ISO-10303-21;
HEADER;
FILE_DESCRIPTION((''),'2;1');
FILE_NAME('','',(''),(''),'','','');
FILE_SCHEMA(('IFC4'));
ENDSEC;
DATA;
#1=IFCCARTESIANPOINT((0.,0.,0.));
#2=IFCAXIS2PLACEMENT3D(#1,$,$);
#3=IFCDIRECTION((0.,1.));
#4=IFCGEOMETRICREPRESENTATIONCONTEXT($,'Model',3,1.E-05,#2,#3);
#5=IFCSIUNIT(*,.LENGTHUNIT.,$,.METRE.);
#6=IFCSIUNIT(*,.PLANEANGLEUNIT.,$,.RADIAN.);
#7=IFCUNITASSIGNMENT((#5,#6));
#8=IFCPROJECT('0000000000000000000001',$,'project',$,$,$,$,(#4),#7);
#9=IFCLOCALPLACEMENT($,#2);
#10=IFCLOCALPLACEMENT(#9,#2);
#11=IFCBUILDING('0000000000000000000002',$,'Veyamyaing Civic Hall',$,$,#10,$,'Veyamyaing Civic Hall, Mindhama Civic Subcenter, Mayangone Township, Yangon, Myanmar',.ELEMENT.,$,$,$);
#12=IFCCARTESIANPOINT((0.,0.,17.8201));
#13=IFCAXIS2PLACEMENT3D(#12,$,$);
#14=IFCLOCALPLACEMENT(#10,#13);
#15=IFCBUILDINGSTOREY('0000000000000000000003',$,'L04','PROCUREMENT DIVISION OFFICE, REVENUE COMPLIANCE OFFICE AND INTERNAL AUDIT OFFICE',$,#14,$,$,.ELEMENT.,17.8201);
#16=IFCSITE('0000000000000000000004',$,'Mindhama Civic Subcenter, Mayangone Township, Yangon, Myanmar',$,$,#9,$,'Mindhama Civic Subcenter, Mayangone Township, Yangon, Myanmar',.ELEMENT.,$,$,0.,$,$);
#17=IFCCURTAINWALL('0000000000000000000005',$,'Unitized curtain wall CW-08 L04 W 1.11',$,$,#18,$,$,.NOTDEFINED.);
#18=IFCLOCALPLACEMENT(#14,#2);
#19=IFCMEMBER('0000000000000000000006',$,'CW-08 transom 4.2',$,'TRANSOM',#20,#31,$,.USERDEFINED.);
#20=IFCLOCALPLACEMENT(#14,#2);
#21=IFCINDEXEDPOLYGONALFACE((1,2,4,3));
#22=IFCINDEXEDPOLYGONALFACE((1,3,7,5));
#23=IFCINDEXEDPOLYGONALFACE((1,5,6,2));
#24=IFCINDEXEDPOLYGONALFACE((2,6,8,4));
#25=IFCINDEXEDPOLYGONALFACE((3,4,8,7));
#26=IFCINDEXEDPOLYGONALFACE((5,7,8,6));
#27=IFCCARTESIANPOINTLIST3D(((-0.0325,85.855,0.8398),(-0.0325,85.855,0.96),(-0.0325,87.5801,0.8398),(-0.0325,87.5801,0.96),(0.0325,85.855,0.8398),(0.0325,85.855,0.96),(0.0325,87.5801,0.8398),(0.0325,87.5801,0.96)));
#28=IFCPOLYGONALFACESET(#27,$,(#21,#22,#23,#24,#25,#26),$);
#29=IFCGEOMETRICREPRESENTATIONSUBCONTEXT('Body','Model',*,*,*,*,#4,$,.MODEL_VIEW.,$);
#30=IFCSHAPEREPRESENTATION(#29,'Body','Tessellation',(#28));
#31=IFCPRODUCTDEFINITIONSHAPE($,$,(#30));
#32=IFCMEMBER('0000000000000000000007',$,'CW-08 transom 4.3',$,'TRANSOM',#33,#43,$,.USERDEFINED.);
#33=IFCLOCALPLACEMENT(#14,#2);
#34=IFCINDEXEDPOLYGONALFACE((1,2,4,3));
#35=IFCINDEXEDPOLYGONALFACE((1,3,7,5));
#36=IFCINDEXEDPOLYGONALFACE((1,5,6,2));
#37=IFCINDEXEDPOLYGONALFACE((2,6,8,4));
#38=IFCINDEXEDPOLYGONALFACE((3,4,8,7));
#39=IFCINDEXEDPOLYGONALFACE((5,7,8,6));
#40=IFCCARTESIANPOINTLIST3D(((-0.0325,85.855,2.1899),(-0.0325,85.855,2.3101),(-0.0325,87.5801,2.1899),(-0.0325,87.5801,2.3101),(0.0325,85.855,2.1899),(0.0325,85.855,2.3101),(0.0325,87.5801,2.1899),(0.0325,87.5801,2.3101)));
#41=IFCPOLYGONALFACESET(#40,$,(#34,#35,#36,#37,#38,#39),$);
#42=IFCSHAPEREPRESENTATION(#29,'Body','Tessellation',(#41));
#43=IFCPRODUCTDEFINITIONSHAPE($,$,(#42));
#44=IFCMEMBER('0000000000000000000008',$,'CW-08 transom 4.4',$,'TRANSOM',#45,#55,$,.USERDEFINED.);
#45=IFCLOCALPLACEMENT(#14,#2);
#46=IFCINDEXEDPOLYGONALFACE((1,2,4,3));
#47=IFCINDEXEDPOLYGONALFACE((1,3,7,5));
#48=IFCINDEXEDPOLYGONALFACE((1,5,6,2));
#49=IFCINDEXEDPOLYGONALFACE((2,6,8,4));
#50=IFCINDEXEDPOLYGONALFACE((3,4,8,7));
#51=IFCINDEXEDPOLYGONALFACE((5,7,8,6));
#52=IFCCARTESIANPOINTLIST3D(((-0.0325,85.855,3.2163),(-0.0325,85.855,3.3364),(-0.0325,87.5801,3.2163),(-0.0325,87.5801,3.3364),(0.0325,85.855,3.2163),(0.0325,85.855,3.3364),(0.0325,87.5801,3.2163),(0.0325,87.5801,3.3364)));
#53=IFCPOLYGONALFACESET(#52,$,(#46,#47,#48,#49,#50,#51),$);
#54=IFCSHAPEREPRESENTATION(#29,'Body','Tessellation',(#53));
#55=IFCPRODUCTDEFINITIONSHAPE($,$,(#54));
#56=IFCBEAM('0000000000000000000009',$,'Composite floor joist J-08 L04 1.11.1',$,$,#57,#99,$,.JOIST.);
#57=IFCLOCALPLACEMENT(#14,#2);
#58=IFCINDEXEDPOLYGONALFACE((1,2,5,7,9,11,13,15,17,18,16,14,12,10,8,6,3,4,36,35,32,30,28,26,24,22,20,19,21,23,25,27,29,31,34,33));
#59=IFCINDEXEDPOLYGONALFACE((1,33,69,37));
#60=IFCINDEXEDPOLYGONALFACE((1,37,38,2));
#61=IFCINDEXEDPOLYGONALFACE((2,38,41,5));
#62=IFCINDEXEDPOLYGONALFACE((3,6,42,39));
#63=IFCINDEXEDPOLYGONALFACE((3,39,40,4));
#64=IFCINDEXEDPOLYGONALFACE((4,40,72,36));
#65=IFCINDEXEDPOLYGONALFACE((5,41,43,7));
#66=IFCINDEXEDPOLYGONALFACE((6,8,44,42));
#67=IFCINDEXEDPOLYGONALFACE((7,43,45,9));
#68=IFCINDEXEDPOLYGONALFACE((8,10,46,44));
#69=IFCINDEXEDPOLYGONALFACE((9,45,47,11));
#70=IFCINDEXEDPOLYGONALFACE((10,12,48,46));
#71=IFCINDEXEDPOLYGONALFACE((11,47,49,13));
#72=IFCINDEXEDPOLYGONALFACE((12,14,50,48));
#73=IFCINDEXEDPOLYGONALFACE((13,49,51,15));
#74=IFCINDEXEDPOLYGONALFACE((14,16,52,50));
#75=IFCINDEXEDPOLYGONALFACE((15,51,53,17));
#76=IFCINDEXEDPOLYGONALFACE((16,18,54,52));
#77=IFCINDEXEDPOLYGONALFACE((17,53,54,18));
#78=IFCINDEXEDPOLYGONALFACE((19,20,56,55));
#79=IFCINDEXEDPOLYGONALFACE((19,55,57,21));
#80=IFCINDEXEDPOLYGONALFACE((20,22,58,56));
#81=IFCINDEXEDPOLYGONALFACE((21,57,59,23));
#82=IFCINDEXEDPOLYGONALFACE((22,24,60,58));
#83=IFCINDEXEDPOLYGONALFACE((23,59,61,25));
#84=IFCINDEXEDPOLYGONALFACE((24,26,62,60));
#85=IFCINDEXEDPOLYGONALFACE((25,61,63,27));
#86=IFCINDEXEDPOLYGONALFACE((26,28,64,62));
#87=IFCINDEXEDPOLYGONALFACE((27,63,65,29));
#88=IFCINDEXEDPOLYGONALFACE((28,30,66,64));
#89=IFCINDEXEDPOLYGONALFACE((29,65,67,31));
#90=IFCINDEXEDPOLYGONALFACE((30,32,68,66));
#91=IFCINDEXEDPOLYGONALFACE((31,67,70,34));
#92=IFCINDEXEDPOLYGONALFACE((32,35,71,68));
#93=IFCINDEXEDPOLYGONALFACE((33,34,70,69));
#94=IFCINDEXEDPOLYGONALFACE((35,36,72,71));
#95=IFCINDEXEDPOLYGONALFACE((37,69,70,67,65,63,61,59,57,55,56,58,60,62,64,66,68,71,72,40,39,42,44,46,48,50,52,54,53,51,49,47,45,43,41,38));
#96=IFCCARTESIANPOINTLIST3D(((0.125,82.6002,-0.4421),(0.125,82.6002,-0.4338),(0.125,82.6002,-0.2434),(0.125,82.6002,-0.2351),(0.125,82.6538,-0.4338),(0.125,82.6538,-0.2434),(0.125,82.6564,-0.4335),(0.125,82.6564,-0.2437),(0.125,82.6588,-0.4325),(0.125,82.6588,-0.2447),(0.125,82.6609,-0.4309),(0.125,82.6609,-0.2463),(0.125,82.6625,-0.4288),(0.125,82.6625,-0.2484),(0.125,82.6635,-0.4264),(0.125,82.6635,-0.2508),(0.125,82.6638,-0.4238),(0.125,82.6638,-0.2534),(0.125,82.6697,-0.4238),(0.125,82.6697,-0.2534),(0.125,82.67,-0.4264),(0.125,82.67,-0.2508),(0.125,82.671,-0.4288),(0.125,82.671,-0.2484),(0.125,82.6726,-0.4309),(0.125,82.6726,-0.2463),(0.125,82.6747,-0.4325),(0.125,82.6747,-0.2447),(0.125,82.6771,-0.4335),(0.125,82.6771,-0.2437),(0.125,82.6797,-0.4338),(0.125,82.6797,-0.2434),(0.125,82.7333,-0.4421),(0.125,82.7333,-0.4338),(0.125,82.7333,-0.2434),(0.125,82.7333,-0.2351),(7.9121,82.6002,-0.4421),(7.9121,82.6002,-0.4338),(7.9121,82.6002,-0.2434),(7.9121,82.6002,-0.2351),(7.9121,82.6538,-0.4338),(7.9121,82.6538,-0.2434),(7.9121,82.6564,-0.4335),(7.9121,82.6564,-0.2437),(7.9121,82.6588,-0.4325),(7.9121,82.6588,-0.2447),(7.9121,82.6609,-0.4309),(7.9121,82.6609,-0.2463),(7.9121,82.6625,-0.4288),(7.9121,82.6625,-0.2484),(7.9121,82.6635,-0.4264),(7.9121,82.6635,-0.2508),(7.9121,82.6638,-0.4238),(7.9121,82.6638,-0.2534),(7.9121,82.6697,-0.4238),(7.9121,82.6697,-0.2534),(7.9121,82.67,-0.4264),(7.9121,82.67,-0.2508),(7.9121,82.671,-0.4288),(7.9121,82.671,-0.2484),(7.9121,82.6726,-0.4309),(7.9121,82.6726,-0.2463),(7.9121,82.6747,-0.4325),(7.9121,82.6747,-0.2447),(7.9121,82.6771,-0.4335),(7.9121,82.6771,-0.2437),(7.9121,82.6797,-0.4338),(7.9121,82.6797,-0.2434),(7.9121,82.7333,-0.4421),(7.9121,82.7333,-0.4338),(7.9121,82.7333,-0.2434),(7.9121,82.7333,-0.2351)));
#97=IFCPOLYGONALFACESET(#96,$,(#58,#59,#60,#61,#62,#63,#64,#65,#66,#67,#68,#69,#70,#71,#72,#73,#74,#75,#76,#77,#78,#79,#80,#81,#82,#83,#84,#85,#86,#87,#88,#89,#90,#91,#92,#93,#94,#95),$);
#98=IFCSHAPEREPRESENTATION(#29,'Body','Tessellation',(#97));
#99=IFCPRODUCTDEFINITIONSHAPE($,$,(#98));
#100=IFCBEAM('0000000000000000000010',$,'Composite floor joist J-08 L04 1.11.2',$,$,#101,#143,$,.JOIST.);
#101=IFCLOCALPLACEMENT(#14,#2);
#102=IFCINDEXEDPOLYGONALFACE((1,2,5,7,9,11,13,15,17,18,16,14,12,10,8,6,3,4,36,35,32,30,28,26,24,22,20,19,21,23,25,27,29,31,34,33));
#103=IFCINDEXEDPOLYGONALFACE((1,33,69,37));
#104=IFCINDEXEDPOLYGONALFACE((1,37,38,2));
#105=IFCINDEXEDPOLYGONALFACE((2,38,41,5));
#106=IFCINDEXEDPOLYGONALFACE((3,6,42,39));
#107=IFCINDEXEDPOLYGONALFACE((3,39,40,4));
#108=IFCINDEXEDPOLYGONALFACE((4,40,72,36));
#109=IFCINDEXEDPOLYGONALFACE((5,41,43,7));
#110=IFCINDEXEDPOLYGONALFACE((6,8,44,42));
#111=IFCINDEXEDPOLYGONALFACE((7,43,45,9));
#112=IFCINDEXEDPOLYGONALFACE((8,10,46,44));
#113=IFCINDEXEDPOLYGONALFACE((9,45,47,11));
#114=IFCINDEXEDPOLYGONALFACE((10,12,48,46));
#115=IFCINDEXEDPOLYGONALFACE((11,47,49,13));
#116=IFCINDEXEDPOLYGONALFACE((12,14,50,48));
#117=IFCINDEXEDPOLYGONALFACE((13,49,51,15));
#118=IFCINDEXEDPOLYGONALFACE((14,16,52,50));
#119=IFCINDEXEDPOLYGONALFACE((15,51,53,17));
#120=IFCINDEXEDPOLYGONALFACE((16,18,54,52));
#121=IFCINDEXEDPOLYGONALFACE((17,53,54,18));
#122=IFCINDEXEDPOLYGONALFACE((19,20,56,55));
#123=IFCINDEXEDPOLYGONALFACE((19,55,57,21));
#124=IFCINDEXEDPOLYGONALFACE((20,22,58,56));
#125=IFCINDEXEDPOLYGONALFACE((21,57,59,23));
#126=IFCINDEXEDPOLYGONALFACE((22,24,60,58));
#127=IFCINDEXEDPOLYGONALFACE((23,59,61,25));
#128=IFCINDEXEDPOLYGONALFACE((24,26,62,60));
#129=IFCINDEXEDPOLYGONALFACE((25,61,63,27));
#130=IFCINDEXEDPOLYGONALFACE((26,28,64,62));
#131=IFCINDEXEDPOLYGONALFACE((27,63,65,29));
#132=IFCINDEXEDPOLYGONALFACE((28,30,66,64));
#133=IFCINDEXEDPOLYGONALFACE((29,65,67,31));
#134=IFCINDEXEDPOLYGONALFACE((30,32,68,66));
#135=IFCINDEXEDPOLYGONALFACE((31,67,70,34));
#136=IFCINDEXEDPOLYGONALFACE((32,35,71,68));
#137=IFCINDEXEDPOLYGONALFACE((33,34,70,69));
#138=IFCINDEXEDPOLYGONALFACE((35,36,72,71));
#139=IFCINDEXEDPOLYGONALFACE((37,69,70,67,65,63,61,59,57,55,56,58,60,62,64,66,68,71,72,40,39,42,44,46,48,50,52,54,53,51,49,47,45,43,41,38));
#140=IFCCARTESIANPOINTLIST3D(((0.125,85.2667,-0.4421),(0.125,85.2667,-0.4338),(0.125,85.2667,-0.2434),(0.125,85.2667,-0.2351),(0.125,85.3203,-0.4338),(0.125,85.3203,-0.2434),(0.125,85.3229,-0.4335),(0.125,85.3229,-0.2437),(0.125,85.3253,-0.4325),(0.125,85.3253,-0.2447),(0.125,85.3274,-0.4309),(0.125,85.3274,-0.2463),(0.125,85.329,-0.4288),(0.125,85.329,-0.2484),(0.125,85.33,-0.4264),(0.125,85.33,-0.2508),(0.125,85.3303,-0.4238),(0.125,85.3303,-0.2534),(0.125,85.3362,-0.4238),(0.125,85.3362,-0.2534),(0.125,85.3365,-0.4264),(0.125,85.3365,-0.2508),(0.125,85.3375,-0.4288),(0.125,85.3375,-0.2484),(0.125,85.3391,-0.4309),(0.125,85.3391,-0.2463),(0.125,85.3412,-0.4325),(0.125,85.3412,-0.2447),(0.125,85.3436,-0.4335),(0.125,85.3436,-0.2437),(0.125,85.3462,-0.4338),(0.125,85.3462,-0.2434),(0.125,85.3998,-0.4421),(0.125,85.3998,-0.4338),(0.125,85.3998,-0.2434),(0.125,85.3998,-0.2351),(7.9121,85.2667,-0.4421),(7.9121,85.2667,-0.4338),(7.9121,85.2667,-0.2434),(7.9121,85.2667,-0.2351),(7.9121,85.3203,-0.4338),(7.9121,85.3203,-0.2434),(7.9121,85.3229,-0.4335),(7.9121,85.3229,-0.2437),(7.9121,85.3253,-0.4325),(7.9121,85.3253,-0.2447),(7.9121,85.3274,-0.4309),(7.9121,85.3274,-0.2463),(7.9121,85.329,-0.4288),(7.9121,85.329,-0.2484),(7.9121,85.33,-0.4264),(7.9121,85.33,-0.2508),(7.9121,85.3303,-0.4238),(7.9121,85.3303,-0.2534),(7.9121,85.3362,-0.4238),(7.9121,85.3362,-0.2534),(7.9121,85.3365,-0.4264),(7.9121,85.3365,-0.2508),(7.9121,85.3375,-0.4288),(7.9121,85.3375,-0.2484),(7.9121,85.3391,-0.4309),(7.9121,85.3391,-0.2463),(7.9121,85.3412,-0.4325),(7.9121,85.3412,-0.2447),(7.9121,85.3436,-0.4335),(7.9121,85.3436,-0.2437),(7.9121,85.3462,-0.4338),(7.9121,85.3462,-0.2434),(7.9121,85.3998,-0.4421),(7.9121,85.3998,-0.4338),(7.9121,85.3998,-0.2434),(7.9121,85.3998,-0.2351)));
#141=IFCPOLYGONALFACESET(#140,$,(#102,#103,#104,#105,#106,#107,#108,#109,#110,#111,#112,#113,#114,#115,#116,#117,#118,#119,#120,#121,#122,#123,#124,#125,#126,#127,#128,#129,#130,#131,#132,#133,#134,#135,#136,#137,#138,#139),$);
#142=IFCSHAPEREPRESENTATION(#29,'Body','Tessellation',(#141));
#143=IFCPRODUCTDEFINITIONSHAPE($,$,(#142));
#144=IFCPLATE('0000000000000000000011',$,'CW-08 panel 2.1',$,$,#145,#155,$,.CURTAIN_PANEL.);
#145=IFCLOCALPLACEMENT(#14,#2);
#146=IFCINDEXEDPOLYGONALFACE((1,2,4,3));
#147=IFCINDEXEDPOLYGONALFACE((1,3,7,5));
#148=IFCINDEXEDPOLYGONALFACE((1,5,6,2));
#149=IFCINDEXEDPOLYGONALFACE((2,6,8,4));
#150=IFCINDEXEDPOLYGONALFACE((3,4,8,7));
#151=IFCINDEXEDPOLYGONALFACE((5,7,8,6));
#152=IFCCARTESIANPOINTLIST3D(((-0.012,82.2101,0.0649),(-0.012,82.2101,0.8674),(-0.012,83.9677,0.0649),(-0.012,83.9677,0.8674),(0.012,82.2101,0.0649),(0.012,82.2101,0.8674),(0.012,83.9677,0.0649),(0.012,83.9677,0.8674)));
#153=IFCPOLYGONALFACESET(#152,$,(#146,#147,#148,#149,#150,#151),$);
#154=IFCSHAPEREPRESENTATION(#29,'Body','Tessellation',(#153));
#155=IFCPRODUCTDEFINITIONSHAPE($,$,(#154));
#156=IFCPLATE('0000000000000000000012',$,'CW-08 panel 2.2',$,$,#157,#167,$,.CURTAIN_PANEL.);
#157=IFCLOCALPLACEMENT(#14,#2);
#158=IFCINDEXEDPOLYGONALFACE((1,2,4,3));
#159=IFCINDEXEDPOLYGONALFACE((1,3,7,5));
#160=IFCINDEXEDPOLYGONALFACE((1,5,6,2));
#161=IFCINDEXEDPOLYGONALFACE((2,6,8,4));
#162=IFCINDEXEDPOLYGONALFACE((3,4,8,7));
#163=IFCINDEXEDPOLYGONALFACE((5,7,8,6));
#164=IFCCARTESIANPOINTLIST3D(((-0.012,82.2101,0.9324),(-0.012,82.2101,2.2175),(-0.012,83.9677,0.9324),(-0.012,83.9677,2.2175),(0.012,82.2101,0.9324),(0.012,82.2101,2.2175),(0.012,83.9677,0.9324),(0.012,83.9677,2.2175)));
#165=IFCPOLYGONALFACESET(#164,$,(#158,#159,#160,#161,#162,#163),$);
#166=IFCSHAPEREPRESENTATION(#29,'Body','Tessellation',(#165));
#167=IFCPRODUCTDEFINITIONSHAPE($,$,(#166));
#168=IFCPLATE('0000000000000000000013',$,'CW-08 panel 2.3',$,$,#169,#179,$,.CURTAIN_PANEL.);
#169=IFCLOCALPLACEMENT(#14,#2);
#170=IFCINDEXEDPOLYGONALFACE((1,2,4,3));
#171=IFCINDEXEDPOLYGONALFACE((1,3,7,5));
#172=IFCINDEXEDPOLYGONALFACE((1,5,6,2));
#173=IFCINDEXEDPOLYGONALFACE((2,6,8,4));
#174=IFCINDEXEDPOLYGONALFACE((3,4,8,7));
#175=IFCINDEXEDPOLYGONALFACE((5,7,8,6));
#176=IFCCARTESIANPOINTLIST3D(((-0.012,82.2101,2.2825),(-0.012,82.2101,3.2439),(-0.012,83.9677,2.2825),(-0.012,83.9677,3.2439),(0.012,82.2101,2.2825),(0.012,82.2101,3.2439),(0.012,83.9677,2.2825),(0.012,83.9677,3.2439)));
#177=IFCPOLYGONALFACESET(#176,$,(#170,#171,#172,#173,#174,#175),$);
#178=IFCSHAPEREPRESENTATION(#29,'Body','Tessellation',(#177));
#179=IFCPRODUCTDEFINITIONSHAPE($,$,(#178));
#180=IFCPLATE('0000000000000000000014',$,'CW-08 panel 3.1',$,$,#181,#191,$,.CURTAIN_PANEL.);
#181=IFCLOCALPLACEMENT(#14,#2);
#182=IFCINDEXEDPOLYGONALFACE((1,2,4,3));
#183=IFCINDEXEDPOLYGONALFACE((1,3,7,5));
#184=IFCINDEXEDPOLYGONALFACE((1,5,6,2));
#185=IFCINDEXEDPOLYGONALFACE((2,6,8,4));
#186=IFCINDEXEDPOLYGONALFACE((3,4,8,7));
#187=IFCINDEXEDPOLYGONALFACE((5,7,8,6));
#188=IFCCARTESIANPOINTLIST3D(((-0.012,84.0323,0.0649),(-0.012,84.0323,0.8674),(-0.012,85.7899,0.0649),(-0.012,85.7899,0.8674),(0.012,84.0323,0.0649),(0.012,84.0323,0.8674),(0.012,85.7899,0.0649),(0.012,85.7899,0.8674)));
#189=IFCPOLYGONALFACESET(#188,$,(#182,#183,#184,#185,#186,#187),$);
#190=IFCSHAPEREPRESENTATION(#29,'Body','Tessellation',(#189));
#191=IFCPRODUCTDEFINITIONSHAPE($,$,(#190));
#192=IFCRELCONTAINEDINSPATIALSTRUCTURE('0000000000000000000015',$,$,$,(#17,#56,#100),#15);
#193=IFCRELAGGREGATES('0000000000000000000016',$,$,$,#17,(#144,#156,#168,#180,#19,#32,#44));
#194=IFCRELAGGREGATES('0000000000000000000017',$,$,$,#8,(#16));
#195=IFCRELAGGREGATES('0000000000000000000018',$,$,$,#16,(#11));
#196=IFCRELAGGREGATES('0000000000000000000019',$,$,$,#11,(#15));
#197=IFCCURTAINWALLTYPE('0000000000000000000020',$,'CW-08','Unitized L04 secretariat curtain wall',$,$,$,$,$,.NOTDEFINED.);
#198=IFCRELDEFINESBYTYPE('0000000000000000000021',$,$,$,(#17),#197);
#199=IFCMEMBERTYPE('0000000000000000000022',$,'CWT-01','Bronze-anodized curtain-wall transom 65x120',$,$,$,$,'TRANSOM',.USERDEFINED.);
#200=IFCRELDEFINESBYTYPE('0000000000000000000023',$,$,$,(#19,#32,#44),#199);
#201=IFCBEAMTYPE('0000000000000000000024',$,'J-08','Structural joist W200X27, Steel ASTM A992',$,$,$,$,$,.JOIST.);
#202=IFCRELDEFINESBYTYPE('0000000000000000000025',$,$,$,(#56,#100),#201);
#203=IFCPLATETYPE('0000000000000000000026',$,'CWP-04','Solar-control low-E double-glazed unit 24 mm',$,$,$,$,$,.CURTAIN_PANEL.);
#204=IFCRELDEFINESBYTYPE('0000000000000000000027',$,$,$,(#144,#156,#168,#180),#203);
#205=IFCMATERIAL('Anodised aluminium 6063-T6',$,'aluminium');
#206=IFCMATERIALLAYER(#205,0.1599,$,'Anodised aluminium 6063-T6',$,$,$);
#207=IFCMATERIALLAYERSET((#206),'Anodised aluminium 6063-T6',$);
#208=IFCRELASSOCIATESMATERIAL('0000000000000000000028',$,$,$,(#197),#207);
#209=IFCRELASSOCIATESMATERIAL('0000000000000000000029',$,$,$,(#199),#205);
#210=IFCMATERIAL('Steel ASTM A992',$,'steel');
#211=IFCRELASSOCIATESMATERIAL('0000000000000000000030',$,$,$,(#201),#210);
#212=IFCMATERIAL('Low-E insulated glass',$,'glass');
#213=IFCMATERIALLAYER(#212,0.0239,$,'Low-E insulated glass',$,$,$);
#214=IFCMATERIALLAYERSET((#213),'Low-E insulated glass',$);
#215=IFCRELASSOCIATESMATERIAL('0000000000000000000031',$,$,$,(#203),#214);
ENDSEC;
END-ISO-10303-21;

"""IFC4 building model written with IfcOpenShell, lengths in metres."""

from ifc_helpers import new_model, si_unit, direction, frame, origin, origin_2d, place, context, subcontext, project, spatial, rectangle, i_section, extrude, material, layer, layer_set, material_profile, profile_set, type_object, element, aggregate, save


model = new_model("IFC4")

# Units and contexts
model_context = context("Model", 3, precision=1e-05, world=origin(), true_north=direction((0.0, 1.0)))
body_context = subcontext(model_context, "Body", "Model", "MODEL_VIEW")
ifc_project = project(units=[si_unit("LENGTHUNIT", "METRE"), si_unit("PLANEANGLEUNIT", "RADIAN")], contexts=[model_context])

# Site, building, storey
site_placement = place(None, origin())
site = spatial("IfcSite", under=ifc_project, at=site_placement, Name="Mindhama Civic Subcenter, Mayangone Township, Yangon, Myanmar", LongName="Mindhama Civic Subcenter, Mayangone Township, Yangon, Myanmar", CompositionType="ELEMENT", RefElevation=0.0)
building_placement = place(site_placement, origin())
building = spatial("IfcBuilding", under=site, at=building_placement, Name="Veyamyaing Civic Hall", LongName="Veyamyaing Civic Hall, Mindhama Civic Subcenter, Mayangone Township, Yangon, Myanmar", CompositionType="ELEMENT")
storey_placement = place(building_placement, frame((0.0, 0.0, 17.8201)))
storey = spatial("IfcBuildingStorey", under=building, at=storey_placement, Name="L04", Description="PROCUREMENT DIVISION OFFICE, REVENUE COMPLIANCE OFFICE AND INTERNAL AUDIT OFFICE", CompositionType="ELEMENT", Elevation=17.8201)

# Shared definitions
ifc_material_1 = material(Name="Steel ASTM A992", Category="steel")

# Curtain wall, members
ifc_material_2 = material(Name="Anodised aluminium 6063-T6", Category="aluminium")
ifc_layer_1 = layer(ifc_material_2, 0.1599, Name="Anodised aluminium 6063-T6")
ifc_layer_set_1 = layer_set([ifc_layer_1], Name="Anodised aluminium 6063-T6")
curtain_wall_type = type_object("IfcCurtainWallType", Name="CW-08", Description="Unitized L04 secretariat curtain wall", PredefinedType="NOTDEFINED", material=ifc_layer_set_1)
curtain_wall_placement = place(storey_placement, origin())
curtain_wall = element("IfcCurtainWall", 1, at=curtain_wall_placement, inside=storey, type_object=curtain_wall_type, Name="Unitized curtain wall CW-08 L04 W 1.11", PredefinedType="NOTDEFINED")
ifc_material_profile_1 = material_profile(ifc_material_2, rectangle(XDim=0.0649, YDim=0.1201, at=origin_2d()), Name="ALU-TRN-65X120")
ifc_profile_set_1 = profile_set([ifc_material_profile_1], Name="Anodised aluminium 6063-T6")
member_type_1 = type_object("IfcMemberType", Name="CWT-01", Description="Bronze-anodized curtain-wall transom 65x120", ElementType="TRANSOM", PredefinedType="USERDEFINED", material=ifc_profile_set_1)
member_1_placement = place(storey_placement, frame((0.0, 85.855, 0.8999), z_axis=(0.0, 1.0, 0.0), x_axis=(-1.0, 0.0, 0.0)))
member_1 = element("IfcMember", 2, at=member_1_placement, type_object=member_type_1, Name="CW-08 transom 4.2", ObjectType="TRANSOM", PredefinedType="USERDEFINED", context=body_context, shape_type="SweptSolid", body=[
    extrude(rectangle(XDim=0.0649, YDim=0.1201, at=origin_2d()), origin(), (0.0, 0.0, 1.0), 1.7251),
])
member_2_placement = place(storey_placement, frame((0.0, 85.855, 2.25), z_axis=(0.0, 1.0, 0.0), x_axis=(-1.0, 0.0, 0.0)))
member_2 = element("IfcMember", 3, at=member_2_placement, type_object=member_type_1, Name="CW-08 transom 4.3", ObjectType="TRANSOM", PredefinedType="USERDEFINED", context=body_context, shape_type="SweptSolid", body=[
    extrude(rectangle(XDim=0.0649, YDim=0.1201, at=origin_2d()), origin(), (0.0, 0.0, 1.0), 1.7251),
])
member_3_placement = place(storey_placement, frame((0.0, 85.855, 3.2764), z_axis=(0.0, 1.0, 0.0), x_axis=(-1.0, 0.0, 0.0)))
member_3 = element("IfcMember", 4, at=member_3_placement, type_object=member_type_1, Name="CW-08 transom 4.4", ObjectType="TRANSOM", PredefinedType="USERDEFINED", context=body_context, shape_type="SweptSolid", body=[
    extrude(rectangle(XDim=0.0649, YDim=0.1201, at=origin_2d()), origin(), (0.0, 0.0, 1.0), 1.7251),
])

# Beams
ifc_material_profile_2 = material_profile(ifc_material_1, i_section(OverallWidth=0.1331, OverallDepth=0.207, WebThickness=0.0059, FlangeThickness=0.0083, FilletRadius=0.01, at=origin_2d()), Name="W200X27")
ifc_profile_set_2 = profile_set([ifc_material_profile_2], Name="Steel ASTM A992")
beam_type_1 = type_object("IfcBeamType", Name="J-08", Description="Structural joist W200X27, Steel ASTM A992", PredefinedType="JOIST", material=ifc_profile_set_2)
for number, where, z_axis, x_axis, name in (
    (5, (0.125, 82.6667, -0.3386), (1.0, 0.0, 0.0), (0.0, 1.0, 0.0), "Composite floor joist J-08 L04 1.11.1"),
    (6, (0.125, 85.3333, -0.3386), (1.0, 0.0, 0.0), (0.0, 1.0, 0.0), "Composite floor joist J-08 L04 1.11.2"),
):
    element("IfcBeam", number, at=place(storey_placement, frame(where, z_axis=z_axis, x_axis=x_axis)), inside=storey, type_object=beam_type_1, Name=name, PredefinedType="JOIST", context=body_context, shape_type="SweptSolid", body=[
        extrude(i_section(OverallWidth=0.1331, OverallDepth=0.207, WebThickness=0.0059, FlangeThickness=0.0083, FilletRadius=0.01, at=origin_2d()), origin(), (0.0, 0.0, 1.0), 7.7871),
    ])

# Plates
ifc_material_3 = material(Name="Low-E insulated glass", Category="glass")
ifc_layer_2 = layer(ifc_material_3, 0.0239, Name="Low-E insulated glass")
ifc_layer_set_2 = layer_set([ifc_layer_2], Name="Low-E insulated glass")
plate_type = type_object("IfcPlateType", Name="CWP-04", Description="Solar-control low-E double-glazed unit 24 mm", PredefinedType="CURTAIN_PANEL", material=ifc_layer_set_2)
plate_1_placement = place(storey_placement, frame((0.0, 83.0889, 0.0649), z_axis=(0.0, 0.0, 1.0), x_axis=(0.0, 1.0, 0.0)))
plate_1 = element("IfcPlate", 7, at=plate_1_placement, type_object=plate_type, Name="CW-08 panel 2.1", PredefinedType="CURTAIN_PANEL", context=body_context, shape_type="SweptSolid", body=[
    extrude(rectangle(XDim=1.7576, YDim=0.0239, at=origin_2d()), origin(), (0.0, 0.0, 1.0), 0.8025),
])
plate_2_placement = place(storey_placement, frame((0.0, 83.0889, 0.9324), z_axis=(0.0, 0.0, 1.0), x_axis=(0.0, 1.0, 0.0)))
plate_2 = element("IfcPlate", 8, at=plate_2_placement, type_object=plate_type, Name="CW-08 panel 2.2", PredefinedType="CURTAIN_PANEL", context=body_context, shape_type="SweptSolid", body=[
    extrude(rectangle(XDim=1.7576, YDim=0.0239, at=origin_2d()), origin(), (0.0, 0.0, 1.0), 1.2852),
])
plate_3_placement = place(storey_placement, frame((0.0, 83.0889, 2.2825), z_axis=(0.0, 0.0, 1.0), x_axis=(0.0, 1.0, 0.0)))
plate_3 = element("IfcPlate", 9, at=plate_3_placement, type_object=plate_type, Name="CW-08 panel 2.3", PredefinedType="CURTAIN_PANEL", context=body_context, shape_type="SweptSolid", body=[
    extrude(rectangle(XDim=1.7576, YDim=0.0239, at=origin_2d()), origin(), (0.0, 0.0, 1.0), 0.9614),
])
plate_4_placement = place(storey_placement, frame((0.0, 84.9111, 0.0649), z_axis=(0.0, 0.0, 1.0), x_axis=(0.0, 1.0, 0.0)))
plate_4 = element("IfcPlate", 10, at=plate_4_placement, type_object=plate_type, Name="CW-08 panel 3.1", PredefinedType="CURTAIN_PANEL", context=body_context, shape_type="SweptSolid", body=[
    extrude(rectangle(XDim=1.7576, YDim=0.0239, at=origin_2d()), origin(), (0.0, 0.0, 1.0), 0.8025),
])
aggregate(curtain_wall, [plate_1, plate_2, plate_3, plate_4, member_1, member_2, member_3])

save(model, "model.ifc")
